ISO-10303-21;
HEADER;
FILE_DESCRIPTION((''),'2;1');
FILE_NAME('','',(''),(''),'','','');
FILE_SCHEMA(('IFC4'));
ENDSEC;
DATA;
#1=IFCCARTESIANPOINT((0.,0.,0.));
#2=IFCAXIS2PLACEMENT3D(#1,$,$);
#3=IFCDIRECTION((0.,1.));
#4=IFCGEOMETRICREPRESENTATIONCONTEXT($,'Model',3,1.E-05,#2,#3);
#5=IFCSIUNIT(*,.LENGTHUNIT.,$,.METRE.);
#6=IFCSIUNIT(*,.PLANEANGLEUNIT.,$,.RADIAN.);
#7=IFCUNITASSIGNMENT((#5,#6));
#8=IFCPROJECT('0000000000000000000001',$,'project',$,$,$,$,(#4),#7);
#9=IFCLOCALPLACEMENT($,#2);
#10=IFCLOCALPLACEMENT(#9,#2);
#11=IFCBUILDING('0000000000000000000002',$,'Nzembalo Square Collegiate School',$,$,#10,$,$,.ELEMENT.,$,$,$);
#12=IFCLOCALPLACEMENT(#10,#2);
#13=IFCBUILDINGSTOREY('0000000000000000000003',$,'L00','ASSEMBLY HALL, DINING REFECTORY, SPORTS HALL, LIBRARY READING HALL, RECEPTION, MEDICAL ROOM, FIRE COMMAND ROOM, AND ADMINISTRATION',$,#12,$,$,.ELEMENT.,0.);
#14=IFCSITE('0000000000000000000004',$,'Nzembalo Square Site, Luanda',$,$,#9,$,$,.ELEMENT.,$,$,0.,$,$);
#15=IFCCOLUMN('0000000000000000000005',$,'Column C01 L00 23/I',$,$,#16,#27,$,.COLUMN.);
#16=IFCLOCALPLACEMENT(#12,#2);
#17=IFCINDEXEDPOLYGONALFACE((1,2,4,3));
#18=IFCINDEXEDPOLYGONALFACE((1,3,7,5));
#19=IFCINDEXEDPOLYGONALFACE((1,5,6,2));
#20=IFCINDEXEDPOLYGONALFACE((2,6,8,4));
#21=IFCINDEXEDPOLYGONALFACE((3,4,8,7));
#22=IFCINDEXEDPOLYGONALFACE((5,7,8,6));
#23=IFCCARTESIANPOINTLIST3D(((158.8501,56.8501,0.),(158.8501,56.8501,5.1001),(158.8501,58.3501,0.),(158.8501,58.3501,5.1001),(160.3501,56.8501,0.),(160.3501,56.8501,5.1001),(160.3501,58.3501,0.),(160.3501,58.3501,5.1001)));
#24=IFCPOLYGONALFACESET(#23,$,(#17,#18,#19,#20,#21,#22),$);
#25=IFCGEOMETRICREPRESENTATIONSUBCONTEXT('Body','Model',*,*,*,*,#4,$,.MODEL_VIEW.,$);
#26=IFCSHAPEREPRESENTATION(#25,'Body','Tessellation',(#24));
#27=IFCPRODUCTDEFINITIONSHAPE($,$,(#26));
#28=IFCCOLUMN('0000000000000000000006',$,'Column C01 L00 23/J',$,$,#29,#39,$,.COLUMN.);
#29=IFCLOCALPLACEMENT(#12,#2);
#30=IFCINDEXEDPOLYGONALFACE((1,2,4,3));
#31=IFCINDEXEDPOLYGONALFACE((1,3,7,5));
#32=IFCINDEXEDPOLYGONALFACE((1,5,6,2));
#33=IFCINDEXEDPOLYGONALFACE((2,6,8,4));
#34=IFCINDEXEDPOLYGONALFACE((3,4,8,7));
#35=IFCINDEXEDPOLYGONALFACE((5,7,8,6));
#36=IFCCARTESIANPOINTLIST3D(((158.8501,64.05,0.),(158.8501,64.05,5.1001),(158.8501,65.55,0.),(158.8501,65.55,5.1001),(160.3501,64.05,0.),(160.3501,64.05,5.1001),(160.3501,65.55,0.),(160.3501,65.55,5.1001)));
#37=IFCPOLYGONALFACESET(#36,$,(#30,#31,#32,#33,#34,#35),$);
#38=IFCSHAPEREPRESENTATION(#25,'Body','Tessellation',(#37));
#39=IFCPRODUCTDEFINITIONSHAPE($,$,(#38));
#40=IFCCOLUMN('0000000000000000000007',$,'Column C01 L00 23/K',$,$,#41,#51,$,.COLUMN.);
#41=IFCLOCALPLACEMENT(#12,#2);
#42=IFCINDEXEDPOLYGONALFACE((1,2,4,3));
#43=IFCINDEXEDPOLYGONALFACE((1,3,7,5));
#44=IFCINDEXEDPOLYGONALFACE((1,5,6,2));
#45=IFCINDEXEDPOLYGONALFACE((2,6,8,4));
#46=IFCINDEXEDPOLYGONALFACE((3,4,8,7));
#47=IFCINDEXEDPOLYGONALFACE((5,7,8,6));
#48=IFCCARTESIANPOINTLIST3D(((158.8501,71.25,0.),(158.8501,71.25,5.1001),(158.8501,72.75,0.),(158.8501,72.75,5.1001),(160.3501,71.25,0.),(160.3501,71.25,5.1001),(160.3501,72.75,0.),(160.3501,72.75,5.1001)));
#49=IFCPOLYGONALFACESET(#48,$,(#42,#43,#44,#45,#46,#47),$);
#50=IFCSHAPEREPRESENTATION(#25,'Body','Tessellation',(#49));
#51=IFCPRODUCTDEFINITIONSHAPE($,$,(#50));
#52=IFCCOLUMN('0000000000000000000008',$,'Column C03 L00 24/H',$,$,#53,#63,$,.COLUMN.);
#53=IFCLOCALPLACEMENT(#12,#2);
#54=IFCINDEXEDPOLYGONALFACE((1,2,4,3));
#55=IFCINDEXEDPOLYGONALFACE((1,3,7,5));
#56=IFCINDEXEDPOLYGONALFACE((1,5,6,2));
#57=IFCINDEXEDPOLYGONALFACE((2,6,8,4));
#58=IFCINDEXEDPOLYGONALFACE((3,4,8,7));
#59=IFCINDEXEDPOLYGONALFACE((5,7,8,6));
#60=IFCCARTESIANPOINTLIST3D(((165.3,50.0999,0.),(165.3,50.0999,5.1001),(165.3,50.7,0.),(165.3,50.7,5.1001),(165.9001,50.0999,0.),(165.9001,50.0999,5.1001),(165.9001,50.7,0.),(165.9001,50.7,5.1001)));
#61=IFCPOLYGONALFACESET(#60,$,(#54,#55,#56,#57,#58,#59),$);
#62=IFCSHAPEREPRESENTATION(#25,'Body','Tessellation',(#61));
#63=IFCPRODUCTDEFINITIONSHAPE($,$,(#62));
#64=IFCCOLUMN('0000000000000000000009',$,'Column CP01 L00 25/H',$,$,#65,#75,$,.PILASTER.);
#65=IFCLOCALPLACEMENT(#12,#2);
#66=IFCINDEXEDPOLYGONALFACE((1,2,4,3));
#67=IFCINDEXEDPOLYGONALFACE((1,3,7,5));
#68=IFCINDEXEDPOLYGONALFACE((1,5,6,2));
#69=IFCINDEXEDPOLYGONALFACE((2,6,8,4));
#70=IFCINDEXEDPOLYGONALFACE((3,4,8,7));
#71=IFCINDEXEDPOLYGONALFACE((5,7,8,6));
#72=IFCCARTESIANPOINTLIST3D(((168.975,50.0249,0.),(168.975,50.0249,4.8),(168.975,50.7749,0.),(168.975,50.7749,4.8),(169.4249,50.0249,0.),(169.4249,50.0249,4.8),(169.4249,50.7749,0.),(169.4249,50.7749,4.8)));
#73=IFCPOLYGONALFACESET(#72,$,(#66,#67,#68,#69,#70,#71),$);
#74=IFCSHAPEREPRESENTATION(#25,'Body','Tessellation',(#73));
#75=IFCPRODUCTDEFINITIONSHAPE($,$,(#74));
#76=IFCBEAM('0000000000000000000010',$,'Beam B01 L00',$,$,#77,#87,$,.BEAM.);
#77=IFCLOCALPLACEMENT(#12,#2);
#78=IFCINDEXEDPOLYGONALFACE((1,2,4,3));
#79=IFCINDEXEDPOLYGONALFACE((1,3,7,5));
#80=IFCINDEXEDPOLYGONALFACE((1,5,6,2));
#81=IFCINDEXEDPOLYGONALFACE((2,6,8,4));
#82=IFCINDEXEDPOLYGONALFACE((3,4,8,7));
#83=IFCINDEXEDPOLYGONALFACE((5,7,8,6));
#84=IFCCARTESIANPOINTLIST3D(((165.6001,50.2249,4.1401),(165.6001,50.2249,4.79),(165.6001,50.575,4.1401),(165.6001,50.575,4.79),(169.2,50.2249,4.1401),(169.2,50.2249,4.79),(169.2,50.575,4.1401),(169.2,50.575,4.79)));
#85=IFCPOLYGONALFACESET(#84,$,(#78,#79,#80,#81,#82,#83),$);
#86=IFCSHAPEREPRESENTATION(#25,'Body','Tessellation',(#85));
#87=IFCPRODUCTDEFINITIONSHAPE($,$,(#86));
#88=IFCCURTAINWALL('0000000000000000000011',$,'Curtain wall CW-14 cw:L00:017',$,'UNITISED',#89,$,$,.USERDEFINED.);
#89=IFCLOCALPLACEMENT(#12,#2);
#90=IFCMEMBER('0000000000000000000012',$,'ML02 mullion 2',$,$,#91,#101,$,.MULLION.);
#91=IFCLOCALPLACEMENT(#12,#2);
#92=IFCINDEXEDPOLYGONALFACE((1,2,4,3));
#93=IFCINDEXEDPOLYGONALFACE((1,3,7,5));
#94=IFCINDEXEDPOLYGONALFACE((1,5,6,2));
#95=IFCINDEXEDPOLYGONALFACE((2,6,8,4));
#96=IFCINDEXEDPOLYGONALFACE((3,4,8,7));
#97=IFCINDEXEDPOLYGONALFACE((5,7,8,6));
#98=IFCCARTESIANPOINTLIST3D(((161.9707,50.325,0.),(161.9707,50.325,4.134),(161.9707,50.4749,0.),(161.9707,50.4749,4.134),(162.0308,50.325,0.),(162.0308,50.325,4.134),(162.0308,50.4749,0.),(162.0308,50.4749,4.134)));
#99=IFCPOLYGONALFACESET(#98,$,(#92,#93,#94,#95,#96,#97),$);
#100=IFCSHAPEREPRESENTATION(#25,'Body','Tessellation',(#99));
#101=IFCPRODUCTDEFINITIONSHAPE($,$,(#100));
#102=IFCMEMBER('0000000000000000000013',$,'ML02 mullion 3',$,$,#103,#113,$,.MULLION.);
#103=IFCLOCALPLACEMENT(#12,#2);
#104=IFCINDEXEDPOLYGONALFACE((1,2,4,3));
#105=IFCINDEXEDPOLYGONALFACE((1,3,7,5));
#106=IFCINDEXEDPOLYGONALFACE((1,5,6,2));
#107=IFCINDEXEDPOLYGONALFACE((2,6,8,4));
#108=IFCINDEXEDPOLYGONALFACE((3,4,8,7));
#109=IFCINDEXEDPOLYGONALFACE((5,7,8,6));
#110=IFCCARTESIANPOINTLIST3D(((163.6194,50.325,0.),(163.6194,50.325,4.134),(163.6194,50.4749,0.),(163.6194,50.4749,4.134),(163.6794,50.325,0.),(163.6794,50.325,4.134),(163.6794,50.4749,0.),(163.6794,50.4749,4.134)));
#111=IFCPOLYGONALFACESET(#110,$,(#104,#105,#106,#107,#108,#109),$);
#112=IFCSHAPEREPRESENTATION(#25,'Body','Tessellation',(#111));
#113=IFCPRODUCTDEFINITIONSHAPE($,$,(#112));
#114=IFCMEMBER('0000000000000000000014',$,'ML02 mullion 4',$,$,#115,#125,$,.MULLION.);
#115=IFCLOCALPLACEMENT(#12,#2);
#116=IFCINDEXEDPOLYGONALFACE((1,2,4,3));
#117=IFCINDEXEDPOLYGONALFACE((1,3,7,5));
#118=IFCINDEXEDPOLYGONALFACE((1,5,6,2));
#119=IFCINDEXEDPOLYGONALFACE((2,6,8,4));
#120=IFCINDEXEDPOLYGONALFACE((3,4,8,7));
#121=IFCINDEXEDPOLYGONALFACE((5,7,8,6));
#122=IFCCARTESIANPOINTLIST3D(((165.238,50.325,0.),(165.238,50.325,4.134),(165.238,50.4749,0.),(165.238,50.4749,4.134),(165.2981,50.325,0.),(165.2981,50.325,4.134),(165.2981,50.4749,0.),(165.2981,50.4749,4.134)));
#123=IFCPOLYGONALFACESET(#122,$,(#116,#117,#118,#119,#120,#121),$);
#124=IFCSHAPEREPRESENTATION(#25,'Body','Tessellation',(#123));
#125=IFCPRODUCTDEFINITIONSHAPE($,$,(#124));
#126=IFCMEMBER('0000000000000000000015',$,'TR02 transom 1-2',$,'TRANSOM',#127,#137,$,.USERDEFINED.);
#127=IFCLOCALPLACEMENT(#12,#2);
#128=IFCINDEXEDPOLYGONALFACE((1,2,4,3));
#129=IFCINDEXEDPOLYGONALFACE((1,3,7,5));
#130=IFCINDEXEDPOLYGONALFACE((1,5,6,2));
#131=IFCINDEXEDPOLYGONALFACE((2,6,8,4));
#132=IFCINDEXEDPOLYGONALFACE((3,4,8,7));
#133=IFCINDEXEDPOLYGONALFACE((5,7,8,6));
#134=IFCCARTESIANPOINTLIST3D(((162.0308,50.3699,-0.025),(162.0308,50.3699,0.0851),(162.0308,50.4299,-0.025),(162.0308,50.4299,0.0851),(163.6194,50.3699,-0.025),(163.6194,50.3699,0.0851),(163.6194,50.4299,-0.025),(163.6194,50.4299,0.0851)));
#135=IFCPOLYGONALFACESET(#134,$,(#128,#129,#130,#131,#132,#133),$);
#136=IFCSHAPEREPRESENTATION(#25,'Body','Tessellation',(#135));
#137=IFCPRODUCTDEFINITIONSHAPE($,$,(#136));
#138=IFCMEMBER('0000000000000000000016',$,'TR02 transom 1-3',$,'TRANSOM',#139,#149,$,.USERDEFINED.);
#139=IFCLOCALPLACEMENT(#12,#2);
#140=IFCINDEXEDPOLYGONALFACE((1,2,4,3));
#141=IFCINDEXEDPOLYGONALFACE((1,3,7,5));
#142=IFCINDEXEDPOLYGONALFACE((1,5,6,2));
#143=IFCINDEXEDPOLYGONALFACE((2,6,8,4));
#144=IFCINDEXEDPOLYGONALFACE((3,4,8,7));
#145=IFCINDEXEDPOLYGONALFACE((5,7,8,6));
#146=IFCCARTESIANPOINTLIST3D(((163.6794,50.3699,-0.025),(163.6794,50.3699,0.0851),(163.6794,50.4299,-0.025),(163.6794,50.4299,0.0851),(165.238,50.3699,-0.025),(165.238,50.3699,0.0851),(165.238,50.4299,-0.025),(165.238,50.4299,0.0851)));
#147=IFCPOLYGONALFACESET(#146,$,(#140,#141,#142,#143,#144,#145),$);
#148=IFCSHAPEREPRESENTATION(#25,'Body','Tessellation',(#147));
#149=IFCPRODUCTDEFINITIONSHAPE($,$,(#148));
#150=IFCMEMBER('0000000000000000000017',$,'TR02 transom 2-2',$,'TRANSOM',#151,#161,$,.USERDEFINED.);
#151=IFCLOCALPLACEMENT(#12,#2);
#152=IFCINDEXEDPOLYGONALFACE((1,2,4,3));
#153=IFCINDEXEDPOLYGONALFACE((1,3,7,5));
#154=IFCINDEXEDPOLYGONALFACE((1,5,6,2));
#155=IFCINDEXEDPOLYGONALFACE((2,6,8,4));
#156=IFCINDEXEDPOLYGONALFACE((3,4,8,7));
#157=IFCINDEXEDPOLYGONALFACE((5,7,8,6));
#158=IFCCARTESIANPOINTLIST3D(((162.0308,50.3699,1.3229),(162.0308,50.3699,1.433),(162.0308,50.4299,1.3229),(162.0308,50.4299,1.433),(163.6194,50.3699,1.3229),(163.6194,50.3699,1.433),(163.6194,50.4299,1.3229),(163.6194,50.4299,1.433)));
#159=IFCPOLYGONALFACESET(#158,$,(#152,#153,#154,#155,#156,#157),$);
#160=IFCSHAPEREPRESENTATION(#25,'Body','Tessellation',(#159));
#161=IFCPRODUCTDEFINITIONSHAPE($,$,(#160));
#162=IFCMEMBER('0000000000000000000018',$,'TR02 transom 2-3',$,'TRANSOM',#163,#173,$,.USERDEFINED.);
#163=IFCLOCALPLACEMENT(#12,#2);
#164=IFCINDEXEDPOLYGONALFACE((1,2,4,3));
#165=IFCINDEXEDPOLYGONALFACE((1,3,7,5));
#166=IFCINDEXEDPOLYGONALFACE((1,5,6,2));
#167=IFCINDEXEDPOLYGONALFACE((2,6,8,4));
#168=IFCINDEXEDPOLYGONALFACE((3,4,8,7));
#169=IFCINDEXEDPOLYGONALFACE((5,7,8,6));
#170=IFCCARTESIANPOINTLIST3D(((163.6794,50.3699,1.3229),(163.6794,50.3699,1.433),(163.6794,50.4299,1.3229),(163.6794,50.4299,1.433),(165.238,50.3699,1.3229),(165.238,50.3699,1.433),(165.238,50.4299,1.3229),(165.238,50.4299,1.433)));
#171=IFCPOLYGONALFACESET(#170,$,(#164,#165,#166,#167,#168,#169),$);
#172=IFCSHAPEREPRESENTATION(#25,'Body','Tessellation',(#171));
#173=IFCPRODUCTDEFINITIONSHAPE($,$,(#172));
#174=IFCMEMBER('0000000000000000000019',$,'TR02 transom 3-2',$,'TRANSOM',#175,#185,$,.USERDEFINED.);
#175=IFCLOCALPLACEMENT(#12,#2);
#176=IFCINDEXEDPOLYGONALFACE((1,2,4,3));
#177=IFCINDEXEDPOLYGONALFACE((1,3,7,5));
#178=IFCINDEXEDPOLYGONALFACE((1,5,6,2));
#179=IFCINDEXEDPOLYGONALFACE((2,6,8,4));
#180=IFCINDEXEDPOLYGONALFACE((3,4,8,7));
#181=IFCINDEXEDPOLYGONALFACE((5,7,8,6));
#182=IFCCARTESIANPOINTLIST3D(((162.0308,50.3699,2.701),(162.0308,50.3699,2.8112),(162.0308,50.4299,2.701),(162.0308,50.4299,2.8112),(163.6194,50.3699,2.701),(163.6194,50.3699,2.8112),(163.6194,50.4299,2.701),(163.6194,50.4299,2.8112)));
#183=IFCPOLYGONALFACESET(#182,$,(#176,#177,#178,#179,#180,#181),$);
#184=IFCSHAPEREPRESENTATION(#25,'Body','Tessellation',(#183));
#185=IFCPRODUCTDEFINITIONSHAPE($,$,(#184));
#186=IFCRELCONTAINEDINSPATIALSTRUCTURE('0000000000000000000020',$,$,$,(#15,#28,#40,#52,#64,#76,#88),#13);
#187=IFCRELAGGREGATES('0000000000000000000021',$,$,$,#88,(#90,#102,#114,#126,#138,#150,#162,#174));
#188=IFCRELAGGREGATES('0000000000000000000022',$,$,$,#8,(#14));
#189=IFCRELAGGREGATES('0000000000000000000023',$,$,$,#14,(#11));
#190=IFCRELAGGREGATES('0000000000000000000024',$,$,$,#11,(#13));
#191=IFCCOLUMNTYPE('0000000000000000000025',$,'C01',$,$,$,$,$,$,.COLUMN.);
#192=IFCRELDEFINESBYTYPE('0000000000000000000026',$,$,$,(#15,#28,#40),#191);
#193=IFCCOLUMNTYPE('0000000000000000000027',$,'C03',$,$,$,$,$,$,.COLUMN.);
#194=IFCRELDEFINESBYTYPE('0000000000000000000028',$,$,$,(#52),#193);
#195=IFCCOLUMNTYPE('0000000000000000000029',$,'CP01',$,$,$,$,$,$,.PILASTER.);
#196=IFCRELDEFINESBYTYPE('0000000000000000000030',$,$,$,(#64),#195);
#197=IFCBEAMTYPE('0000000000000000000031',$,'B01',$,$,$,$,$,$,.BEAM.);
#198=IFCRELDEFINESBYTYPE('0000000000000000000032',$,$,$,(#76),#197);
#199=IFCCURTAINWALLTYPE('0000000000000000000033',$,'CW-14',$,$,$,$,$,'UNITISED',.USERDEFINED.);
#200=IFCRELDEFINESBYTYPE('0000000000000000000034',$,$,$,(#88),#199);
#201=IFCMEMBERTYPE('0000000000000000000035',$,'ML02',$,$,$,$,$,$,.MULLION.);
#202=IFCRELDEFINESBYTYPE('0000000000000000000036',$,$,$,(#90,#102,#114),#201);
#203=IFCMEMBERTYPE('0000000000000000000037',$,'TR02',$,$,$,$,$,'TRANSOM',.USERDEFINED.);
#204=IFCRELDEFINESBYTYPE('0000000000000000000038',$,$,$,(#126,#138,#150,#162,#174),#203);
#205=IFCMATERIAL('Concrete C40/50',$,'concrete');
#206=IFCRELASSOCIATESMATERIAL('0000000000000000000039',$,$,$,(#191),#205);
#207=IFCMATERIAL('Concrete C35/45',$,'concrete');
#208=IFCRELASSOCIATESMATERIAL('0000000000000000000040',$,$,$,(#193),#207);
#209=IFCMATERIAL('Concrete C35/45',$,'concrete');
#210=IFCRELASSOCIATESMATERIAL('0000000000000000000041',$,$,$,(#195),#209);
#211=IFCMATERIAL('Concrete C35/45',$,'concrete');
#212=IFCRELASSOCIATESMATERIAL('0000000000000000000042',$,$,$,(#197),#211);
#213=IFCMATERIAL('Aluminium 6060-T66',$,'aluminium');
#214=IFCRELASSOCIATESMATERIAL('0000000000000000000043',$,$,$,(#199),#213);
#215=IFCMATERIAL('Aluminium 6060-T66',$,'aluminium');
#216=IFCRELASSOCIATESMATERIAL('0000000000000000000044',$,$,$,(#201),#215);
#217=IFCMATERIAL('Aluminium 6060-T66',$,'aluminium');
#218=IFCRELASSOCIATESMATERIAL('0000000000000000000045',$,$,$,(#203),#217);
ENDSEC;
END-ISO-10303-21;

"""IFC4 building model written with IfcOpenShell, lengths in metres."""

from ifc_helpers import new_model, si_unit, direction, frame, origin, origin_2d, place, context, subcontext, project, spatial, rectangle, extrude, material, material_profile, profile_set, type_object, element, aggregate, save


model = new_model("IFC4")

# Units and contexts
model_context = context("Model", 3, precision=1e-05, world=origin(), true_north=direction((0.0, 1.0)))
body_context = subcontext(model_context, "Body", "Model", "MODEL_VIEW")
ifc_project = project(units=[si_unit("LENGTHUNIT", "METRE"), si_unit("PLANEANGLEUNIT", "RADIAN")], contexts=[model_context])

# Site, building, storey
site_placement = place(None, origin())
site = spatial("IfcSite", under=ifc_project, at=site_placement, Name="Nzembalo Square Site, Luanda", CompositionType="ELEMENT", RefElevation=0.0)
building_placement = place(site_placement, origin())
building = spatial("IfcBuilding", under=site, at=building_placement, Name="Nzembalo Square Collegiate School", CompositionType="ELEMENT")
storey_placement = place(building_placement, origin())
storey = spatial("IfcBuildingStorey", under=building, at=storey_placement, Name="L00", Description="ASSEMBLY HALL, DINING REFECTORY, SPORTS HALL, LIBRARY READING HALL, RECEPTION, MEDICAL ROOM, FIRE COMMAND ROOM, AND ADMINISTRATION", CompositionType="ELEMENT", Elevation=0.0)

# Columns
ifc_material_1 = material(Name="Concrete C40/50", Category="concrete")
ifc_material_profile_1 = material_profile(ifc_material_1, rectangle(XDim=1.5, YDim=1.5, at=origin_2d()), Name="RC 1500x1500")
ifc_profile_set_1 = profile_set([ifc_material_profile_1], Name="Concrete C40/50")
column_type_1 = type_object("IfcColumnType", Name="C01", PredefinedType="COLUMN", material=ifc_profile_set_1)
for number, where, z_axis, x_axis, name in (
    (1, (159.6001, 57.6001, 0.0), (0.0, 0.0, 1.0), (1.0, 0.0, 0.0), "Column C01 L00 23/I"),
    (2, (159.6001, 64.8, 0.0), (0.0, 0.0, 1.0), (1.0, 0.0, 0.0), "Column C01 L00 23/J"),
    (3, (159.6001, 72.0, 0.0), (0.0, 0.0, 1.0), (1.0, 0.0, 0.0), "Column C01 L00 23/K"),
):
    element("IfcColumn", number, at=place(storey_placement, frame(where, z_axis=z_axis, x_axis=x_axis)), inside=storey, type_object=column_type_1, Name=name, PredefinedType="COLUMN", context=body_context, shape_type="SweptSolid", body=[
        extrude(rectangle(XDim=1.5, YDim=1.5, at=origin_2d()), origin(), (0.0, 0.0, 1.0), 5.1001),
    ])
ifc_material_2 = material(Name="Concrete C35/45", Category="concrete")
ifc_material_profile_2 = material_profile(ifc_material_2, rectangle(XDim=0.6001, YDim=0.6001, at=origin_2d()), Name="RC 600x600")
ifc_profile_set_2 = profile_set([ifc_material_profile_2], Name="Concrete C35/45")
column_type_2 = type_object("IfcColumnType", Name="C03", PredefinedType="COLUMN", material=ifc_profile_set_2)
column_1_placement = place(storey_placement, frame((165.6001, 50.3999, 0.0), z_axis=(0.0, 0.0, 1.0), x_axis=(1.0, 0.0, 0.0)))
element("IfcColumn", 4, at=column_1_placement, inside=storey, type_object=column_type_2, Name="Column C03 L00 24/H", PredefinedType="COLUMN", context=body_context, shape_type="SweptSolid", body=[
    extrude(rectangle(XDim=0.6001, YDim=0.6001, at=origin_2d()), origin(), (0.0, 0.0, 1.0), 5.1001),
])
ifc_material_3 = material(Name="Concrete C35/45", Category="concrete")
ifc_material_profile_3 = material_profile(ifc_material_3, rectangle(XDim=0.45, YDim=0.75, at=origin_2d()), Name="RC 450x750")
ifc_profile_set_3 = profile_set([ifc_material_profile_3], Name="Concrete C35/45")
column_type_3 = type_object("IfcColumnType", Name="CP01", PredefinedType="PILASTER", material=ifc_profile_set_3)
column_2_placement = place(storey_placement, frame((169.2, 50.3999, 0.0), z_axis=(0.0, 0.0, 1.0), x_axis=(1.0, 0.0, 0.0)))
element("IfcColumn", 5, at=column_2_placement, inside=storey, type_object=column_type_3, Name="Column CP01 L00 25/H", PredefinedType="PILASTER", context=body_context, shape_type="SweptSolid", body=[
    extrude(rectangle(XDim=0.45, YDim=0.75, at=origin_2d()), origin(), (0.0, 0.0, 1.0), 4.8),
])

# Beam
ifc_material_4 = material(Name="Concrete C35/45", Category="concrete")
ifc_material_profile_4 = material_profile(ifc_material_4, rectangle(XDim=0.3501, YDim=0.6499, at=origin_2d()), Name="RC 350x650")
ifc_profile_set_4 = profile_set([ifc_material_profile_4], Name="Concrete C35/45")
beam_type = type_object("IfcBeamType", Name="B01", PredefinedType="BEAM", material=ifc_profile_set_4)
beam_placement = place(storey_placement, frame((165.6001, 50.3999, 4.4651), z_axis=(1.0, 0.0, 0.0), x_axis=(0.0, 1.0, 0.0)))
element("IfcBeam", 6, at=beam_placement, inside=storey, type_object=beam_type, Name="Beam B01 L00", PredefinedType="BEAM", context=body_context, shape_type="SweptSolid", body=[
    extrude(rectangle(XDim=0.3501, YDim=0.6499, at=origin_2d()), origin(), (0.0, 0.0, 1.0), 3.5999),
])

# Curtain wall, members
ifc_material_5 = material(Name="Aluminium 6060-T66", Category="aluminium")
curtain_wall_type = type_object("IfcCurtainWallType", Name="CW-14", ElementType="UNITISED", PredefinedType="USERDEFINED", material=ifc_material_5)
curtain_wall_placement = place(storey_placement, origin())
curtain_wall = element("IfcCurtainWall", 7, at=curtain_wall_placement, inside=storey, type_object=curtain_wall_type, Name="Curtain wall CW-14 cw:L00:017", ObjectType="UNITISED", PredefinedType="USERDEFINED")
ifc_material_6 = material(Name="Aluminium 6060-T66", Category="aluminium")
ifc_material_profile_5 = material_profile(ifc_material_6, rectangle(XDim=0.0601, YDim=0.1499, at=origin_2d()), Name="ALU M60x150")
ifc_profile_set_5 = profile_set([ifc_material_profile_5], Name="Aluminium 6060-T66")
member_type_1 = type_object("IfcMemberType", Name="ML02", PredefinedType="MULLION", material=ifc_profile_set_5)
member_1_placement = place(storey_placement, frame((162.0007, 50.3999, 0.0), z_axis=(0.0, 0.0, 1.0), x_axis=(1.0, 0.0, 0.0)))
member_1 = element("IfcMember", 8, at=member_1_placement, type_object=member_type_1, Name="ML02 mullion 2", PredefinedType="MULLION", context=body_context, shape_type="SweptSolid", body=[
    extrude(rectangle(XDim=0.0601, YDim=0.1499, at=origin_2d()), origin(), (0.0, 0.0, 1.0), 4.134),
])
member_2_placement = place(storey_placement, frame((163.6494, 50.3999, 0.0), z_axis=(0.0, 0.0, 1.0), x_axis=(1.0, 0.0, 0.0)))
member_2 = element("IfcMember", 9, at=member_2_placement, type_object=member_type_1, Name="ML02 mullion 3", PredefinedType="MULLION", context=body_context, shape_type="SweptSolid", body=[
    extrude(rectangle(XDim=0.0601, YDim=0.1499, at=origin_2d()), origin(), (0.0, 0.0, 1.0), 4.134),
])
member_3_placement = place(storey_placement, frame((165.2681, 50.3999, 0.0), z_axis=(0.0, 0.0, 1.0), x_axis=(1.0, 0.0, 0.0)))
member_3 = element("IfcMember", 10, at=member_3_placement, type_object=member_type_1, Name="ML02 mullion 4", PredefinedType="MULLION", context=body_context, shape_type="SweptSolid", body=[
    extrude(rectangle(XDim=0.0601, YDim=0.1499, at=origin_2d()), origin(), (0.0, 0.0, 1.0), 4.134),
])
ifc_material_7 = material(Name="Aluminium 6060-T66", Category="aluminium")
ifc_material_profile_6 = material_profile(ifc_material_7, rectangle(XDim=0.0601, YDim=0.1101, at=origin_2d()), Name="ALU T60x110")
ifc_profile_set_6 = profile_set([ifc_material_profile_6], Name="Aluminium 6060-T66")
member_type_2 = type_object("IfcMemberType", Name="TR02", ElementType="TRANSOM", PredefinedType="USERDEFINED", material=ifc_profile_set_6)
member_4_placement = place(storey_placement, frame((162.0308, 50.3999, 0.03), z_axis=(1.0, 0.0, 0.0), x_axis=(0.0, 1.0, 0.0)))
member_4 = element("IfcMember", 11, at=member_4_placement, type_object=member_type_2, Name="TR02 transom 1-2", ObjectType="TRANSOM", PredefinedType="USERDEFINED", context=body_context, shape_type="SweptSolid", body=[
    extrude(rectangle(XDim=0.0601, YDim=0.1101, at=origin_2d()), origin(), (0.0, 0.0, 1.0), 1.5886),
])
member_5_placement = place(storey_placement, frame((163.6794, 50.3999, 0.03), z_axis=(1.0, 0.0, 0.0), x_axis=(0.0, 1.0, 0.0)))
member_5 = element("IfcMember", 12, at=member_5_placement, type_object=member_type_2, Name="TR02 transom 1-3", ObjectType="TRANSOM", PredefinedType="USERDEFINED", context=body_context, shape_type="SweptSolid", body=[
    extrude(rectangle(XDim=0.0601, YDim=0.1101, at=origin_2d()), origin(), (0.0, 0.0, 1.0), 1.5586),
])
member_6_placement = place(storey_placement, frame((162.0308, 50.3999, 1.3779), z_axis=(1.0, 0.0, 0.0), x_axis=(0.0, 1.0, 0.0)))
member_6 = element("IfcMember", 13, at=member_6_placement, type_object=member_type_2, Name="TR02 transom 2-2", ObjectType="TRANSOM", PredefinedType="USERDEFINED", context=body_context, shape_type="SweptSolid", body=[
    extrude(rectangle(XDim=0.0601, YDim=0.1101, at=origin_2d()), origin(), (0.0, 0.0, 1.0), 1.5886),
])
member_7_placement = place(storey_placement, frame((163.6794, 50.3999, 1.3779), z_axis=(1.0, 0.0, 0.0), x_axis=(0.0, 1.0, 0.0)))
member_7 = element("IfcMember", 14, at=member_7_placement, type_object=member_type_2, Name="TR02 transom 2-3", ObjectType="TRANSOM", PredefinedType="USERDEFINED", context=body_context, shape_type="SweptSolid", body=[
    extrude(rectangle(XDim=0.0601, YDim=0.1101, at=origin_2d()), origin(), (0.0, 0.0, 1.0), 1.5586),
])
member_8_placement = place(storey_placement, frame((162.0308, 50.3999, 2.7561), z_axis=(1.0, 0.0, 0.0), x_axis=(0.0, 1.0, 0.0)))
member_8 = element("IfcMember", 15, at=member_8_placement, type_object=member_type_2, Name="TR02 transom 3-2", ObjectType="TRANSOM", PredefinedType="USERDEFINED", context=body_context, shape_type="SweptSolid", body=[
    extrude(rectangle(XDim=0.0601, YDim=0.1101, at=origin_2d()), origin(), (0.0, 0.0, 1.0), 1.5886),
])
aggregate(curtain_wall, [member_1, member_2, member_3, member_4, member_5, member_6, member_7, member_8])

save(model, "model.ifc")
